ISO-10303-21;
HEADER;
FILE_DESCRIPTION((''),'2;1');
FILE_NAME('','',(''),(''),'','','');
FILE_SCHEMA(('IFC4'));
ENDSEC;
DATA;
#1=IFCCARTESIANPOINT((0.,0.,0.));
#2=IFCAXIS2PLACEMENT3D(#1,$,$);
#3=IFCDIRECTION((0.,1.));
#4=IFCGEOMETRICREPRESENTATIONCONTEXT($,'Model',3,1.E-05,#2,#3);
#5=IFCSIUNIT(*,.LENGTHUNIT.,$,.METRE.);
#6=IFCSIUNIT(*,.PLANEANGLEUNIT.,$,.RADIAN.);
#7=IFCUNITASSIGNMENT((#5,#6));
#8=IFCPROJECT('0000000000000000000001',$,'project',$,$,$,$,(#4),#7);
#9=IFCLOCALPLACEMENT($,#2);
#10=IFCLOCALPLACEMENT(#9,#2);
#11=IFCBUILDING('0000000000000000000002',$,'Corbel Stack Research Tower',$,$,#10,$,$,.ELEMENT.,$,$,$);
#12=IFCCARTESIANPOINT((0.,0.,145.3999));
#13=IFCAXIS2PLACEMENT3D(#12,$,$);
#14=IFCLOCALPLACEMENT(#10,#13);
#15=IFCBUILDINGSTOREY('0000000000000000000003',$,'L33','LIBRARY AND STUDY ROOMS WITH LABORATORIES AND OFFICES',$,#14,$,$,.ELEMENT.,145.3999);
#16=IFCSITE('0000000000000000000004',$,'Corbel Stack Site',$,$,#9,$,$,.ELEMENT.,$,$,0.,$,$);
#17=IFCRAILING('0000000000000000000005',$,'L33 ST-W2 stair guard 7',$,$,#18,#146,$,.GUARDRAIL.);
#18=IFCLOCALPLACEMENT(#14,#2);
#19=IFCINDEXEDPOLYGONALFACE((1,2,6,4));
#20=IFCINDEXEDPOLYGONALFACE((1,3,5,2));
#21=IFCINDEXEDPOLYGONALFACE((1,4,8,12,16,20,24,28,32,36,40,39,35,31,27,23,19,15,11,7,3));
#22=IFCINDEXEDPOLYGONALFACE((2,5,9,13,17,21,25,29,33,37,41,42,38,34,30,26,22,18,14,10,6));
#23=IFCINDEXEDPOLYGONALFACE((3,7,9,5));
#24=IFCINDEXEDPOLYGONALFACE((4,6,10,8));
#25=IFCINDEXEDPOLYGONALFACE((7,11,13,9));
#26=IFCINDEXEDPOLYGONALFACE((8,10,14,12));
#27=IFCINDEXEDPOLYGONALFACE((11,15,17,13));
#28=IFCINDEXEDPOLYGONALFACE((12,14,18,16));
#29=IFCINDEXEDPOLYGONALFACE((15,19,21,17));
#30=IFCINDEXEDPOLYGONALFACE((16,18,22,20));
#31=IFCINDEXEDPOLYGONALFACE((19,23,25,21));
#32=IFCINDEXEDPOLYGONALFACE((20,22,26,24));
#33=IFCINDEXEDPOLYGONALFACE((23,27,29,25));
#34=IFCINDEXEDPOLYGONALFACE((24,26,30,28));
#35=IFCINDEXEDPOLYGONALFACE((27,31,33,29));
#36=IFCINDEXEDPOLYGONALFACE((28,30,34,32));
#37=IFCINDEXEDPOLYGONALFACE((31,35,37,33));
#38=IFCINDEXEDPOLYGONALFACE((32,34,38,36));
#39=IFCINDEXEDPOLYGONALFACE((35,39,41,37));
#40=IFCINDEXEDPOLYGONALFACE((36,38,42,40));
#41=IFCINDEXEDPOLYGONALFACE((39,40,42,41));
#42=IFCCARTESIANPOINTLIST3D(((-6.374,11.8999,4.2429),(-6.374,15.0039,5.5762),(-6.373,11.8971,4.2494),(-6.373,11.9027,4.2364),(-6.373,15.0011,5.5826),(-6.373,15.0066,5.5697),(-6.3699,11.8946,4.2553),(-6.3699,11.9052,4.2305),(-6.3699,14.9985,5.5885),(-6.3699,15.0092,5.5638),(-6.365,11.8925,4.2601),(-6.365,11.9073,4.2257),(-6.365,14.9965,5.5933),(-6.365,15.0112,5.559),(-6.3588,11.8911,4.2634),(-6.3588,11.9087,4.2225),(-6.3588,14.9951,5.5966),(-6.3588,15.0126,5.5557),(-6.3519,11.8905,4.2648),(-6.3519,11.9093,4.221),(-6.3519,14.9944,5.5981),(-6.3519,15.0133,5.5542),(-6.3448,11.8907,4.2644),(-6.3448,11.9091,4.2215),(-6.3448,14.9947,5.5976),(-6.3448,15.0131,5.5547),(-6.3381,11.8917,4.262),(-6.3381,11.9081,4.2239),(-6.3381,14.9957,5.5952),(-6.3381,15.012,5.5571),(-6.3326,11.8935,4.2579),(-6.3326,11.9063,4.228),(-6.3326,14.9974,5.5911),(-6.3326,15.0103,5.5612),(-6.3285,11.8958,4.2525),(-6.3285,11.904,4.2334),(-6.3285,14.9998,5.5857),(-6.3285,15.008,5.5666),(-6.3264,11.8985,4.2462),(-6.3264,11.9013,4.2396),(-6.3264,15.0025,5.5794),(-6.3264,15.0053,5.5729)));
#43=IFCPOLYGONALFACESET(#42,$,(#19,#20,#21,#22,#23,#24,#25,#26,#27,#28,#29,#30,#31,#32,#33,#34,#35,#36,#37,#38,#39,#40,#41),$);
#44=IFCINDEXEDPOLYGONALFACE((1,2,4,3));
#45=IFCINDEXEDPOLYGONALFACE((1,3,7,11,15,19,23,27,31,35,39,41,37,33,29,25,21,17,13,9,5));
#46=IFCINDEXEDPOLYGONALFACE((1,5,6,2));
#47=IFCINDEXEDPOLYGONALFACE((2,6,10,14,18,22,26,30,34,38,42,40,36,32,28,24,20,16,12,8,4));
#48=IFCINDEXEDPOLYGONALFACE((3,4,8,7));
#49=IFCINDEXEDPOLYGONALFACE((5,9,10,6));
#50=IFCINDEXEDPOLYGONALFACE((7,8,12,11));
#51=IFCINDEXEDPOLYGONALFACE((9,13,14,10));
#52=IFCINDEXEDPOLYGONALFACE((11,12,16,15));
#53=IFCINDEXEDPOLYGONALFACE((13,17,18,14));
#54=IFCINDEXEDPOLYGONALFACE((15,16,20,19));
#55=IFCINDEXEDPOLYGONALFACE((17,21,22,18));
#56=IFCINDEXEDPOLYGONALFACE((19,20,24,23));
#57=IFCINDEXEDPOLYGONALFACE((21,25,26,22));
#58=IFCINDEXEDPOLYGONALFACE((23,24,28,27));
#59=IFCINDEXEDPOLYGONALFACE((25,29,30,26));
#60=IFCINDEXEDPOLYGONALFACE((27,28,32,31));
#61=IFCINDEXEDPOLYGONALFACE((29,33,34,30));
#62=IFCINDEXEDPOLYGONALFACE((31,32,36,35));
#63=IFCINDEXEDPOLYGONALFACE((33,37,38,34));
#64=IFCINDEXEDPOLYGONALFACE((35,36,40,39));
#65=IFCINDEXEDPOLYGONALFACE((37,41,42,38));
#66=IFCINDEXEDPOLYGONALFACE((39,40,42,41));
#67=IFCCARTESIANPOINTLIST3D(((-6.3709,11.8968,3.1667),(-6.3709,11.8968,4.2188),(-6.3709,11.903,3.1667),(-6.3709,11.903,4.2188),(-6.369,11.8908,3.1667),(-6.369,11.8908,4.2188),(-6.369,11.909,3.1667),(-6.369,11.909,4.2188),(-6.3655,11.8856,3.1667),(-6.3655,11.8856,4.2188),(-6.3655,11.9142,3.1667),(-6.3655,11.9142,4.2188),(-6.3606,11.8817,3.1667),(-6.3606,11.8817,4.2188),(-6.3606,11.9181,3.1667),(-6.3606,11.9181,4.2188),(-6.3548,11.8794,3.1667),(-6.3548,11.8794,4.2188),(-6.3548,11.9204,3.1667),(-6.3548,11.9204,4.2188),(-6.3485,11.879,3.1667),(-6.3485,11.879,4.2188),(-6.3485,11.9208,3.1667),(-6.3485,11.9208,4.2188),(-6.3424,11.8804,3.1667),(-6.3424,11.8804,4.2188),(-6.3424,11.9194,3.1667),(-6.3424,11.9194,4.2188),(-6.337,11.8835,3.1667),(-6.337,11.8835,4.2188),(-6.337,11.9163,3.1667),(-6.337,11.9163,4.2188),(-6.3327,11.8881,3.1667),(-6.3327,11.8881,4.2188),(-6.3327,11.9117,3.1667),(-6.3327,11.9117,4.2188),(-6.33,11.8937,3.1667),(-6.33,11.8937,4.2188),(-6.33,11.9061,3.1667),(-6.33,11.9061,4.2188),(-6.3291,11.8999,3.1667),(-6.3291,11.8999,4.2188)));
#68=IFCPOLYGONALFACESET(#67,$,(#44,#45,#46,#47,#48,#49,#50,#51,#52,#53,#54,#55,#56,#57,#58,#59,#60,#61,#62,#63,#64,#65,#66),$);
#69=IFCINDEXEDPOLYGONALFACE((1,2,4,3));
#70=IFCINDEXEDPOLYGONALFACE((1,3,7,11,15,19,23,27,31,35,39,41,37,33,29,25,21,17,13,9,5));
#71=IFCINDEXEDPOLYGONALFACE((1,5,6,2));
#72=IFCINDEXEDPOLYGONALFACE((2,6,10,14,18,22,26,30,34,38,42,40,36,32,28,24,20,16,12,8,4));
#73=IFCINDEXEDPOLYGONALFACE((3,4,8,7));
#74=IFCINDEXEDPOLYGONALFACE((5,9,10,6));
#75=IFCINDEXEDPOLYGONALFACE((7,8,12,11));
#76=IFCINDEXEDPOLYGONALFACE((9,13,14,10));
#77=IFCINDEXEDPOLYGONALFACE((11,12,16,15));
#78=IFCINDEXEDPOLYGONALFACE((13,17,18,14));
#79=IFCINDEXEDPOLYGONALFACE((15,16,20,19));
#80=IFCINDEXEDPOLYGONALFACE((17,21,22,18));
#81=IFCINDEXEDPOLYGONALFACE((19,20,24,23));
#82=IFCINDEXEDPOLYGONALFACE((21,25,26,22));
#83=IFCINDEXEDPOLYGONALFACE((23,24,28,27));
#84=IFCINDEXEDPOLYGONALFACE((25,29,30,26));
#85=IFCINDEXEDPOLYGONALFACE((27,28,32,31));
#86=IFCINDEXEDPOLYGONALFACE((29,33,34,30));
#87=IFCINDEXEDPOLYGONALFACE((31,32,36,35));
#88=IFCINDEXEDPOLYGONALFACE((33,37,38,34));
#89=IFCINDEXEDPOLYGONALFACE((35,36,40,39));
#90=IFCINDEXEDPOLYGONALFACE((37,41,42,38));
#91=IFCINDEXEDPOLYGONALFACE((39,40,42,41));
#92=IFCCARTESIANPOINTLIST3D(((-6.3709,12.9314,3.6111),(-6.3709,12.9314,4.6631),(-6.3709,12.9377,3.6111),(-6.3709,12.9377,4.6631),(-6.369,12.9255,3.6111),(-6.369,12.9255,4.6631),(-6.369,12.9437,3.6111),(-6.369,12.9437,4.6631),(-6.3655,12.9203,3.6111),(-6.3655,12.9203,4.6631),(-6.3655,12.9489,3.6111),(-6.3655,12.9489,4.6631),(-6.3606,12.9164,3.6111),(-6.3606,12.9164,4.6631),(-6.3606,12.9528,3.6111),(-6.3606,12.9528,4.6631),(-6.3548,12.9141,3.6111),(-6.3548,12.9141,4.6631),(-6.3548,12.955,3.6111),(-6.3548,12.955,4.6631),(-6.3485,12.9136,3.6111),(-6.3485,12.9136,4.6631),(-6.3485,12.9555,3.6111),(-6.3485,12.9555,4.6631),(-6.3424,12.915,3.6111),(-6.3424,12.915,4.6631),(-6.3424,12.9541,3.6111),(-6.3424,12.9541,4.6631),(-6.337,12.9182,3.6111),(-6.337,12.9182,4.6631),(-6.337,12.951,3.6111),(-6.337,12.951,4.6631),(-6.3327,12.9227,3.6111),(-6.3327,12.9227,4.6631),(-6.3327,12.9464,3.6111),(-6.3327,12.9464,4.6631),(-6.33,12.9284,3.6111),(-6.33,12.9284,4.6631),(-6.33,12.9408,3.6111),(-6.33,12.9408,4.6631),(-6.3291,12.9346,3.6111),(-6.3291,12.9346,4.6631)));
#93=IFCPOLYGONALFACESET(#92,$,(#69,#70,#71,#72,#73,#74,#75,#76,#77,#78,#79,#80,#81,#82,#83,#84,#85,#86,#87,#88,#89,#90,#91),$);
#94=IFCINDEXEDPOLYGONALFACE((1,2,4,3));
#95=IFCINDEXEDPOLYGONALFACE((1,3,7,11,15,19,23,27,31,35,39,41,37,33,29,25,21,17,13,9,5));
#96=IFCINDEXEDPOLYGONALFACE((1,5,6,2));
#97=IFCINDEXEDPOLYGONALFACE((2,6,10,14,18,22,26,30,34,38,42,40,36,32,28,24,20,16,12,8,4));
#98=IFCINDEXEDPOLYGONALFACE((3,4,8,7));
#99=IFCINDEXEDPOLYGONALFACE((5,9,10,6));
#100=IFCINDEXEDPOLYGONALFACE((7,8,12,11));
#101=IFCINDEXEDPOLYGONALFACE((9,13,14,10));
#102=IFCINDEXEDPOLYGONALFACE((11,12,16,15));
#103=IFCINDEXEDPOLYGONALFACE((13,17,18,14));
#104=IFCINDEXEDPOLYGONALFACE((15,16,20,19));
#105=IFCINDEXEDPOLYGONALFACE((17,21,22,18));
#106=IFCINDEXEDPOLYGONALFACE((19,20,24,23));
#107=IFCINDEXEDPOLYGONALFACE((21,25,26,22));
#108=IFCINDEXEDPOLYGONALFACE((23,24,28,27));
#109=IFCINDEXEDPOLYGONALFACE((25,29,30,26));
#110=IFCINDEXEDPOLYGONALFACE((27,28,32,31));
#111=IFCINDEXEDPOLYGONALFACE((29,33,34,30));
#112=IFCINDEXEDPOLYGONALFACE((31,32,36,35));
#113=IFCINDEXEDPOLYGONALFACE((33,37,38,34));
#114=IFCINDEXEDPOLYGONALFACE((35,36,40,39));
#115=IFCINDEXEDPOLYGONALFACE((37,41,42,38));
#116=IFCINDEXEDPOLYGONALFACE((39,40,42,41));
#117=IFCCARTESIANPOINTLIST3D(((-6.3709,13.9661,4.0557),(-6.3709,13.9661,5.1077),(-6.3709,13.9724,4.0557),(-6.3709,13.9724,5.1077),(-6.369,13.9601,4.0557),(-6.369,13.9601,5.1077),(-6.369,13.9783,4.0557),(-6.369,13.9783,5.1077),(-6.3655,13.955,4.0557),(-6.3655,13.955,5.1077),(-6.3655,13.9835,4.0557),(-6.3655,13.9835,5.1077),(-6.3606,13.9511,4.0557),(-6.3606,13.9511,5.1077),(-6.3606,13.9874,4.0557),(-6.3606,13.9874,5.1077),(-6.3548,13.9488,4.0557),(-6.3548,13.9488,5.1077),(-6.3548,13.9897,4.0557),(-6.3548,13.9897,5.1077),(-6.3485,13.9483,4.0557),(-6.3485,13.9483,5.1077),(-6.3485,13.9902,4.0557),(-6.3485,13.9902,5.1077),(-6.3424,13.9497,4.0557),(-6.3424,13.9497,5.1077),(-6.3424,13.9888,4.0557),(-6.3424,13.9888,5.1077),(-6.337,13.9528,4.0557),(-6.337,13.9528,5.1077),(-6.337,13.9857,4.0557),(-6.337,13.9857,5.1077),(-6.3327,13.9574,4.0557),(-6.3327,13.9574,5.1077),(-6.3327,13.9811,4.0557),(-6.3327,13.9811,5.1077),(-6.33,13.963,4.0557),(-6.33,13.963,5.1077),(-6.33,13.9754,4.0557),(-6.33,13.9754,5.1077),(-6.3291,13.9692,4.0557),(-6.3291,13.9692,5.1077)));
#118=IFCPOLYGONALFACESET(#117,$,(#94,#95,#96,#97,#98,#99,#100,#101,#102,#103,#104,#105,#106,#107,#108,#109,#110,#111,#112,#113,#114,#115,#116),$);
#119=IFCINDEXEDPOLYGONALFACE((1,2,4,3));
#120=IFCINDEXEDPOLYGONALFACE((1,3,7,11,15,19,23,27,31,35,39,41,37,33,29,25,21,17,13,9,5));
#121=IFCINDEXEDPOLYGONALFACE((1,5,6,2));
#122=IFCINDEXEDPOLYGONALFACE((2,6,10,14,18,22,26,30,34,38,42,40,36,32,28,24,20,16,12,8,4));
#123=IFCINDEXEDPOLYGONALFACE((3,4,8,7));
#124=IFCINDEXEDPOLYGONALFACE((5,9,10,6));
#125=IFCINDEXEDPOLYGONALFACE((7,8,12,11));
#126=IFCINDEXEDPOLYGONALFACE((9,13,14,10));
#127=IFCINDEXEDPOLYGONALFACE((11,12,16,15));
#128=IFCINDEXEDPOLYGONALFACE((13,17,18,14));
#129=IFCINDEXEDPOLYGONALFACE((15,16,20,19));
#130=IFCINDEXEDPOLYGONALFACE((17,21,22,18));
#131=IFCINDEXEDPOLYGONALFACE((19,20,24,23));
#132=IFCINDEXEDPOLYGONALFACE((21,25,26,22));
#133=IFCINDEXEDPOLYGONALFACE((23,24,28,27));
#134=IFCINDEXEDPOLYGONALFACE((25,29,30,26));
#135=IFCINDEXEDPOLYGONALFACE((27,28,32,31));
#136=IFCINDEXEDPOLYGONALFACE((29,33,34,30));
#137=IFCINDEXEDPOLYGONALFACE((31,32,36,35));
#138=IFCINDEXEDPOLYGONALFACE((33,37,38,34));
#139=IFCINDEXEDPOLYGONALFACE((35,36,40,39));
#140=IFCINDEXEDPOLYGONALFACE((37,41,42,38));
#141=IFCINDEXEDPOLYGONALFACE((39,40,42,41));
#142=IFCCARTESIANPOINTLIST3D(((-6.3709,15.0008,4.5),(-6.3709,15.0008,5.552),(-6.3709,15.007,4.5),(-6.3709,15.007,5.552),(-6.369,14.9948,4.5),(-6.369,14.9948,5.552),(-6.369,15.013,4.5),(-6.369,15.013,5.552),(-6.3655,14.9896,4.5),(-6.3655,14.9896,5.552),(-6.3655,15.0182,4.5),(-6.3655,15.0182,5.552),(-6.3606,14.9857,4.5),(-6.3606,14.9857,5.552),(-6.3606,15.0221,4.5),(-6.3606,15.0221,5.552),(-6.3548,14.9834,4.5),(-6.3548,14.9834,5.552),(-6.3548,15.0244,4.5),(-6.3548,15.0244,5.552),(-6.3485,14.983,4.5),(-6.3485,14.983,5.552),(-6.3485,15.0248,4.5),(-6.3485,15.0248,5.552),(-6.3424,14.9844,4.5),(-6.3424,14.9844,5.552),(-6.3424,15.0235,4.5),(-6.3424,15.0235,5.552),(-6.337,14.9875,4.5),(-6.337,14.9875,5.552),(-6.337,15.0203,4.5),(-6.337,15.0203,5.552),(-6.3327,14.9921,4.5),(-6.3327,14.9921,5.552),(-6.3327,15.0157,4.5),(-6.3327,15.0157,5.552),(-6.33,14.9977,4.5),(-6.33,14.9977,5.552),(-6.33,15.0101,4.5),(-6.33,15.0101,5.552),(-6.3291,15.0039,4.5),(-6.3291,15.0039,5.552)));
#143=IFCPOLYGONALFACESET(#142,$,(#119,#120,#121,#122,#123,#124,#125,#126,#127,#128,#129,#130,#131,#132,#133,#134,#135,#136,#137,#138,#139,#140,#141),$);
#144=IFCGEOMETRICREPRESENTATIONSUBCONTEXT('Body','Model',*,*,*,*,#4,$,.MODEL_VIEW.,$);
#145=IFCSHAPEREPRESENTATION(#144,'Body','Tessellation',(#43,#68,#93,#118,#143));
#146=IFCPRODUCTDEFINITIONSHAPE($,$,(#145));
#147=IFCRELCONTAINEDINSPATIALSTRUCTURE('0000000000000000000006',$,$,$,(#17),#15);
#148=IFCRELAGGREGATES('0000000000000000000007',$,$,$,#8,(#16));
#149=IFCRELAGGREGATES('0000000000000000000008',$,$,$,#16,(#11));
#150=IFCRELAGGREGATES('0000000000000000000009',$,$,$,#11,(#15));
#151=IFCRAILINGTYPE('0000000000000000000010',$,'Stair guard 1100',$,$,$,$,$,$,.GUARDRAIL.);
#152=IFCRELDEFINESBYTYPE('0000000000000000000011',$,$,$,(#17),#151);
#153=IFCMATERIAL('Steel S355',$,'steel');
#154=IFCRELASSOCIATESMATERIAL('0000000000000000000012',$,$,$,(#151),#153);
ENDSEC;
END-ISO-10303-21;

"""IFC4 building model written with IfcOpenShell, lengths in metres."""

from ifc_helpers import new_model, si_unit, direction, frame, origin, origin_2d, place, context, subcontext, project, spatial, circle, extrude, material, type_object, element, save


model = new_model("IFC4")

# Units and contexts
model_context = context("Model", 3, precision=1e-05, world=origin(), true_north=direction((0.0, 1.0)))
body_context = subcontext(model_context, "Body", "Model", "MODEL_VIEW")
ifc_project = project(units=[si_unit("LENGTHUNIT", "METRE"), si_unit("PLANEANGLEUNIT", "RADIAN")], contexts=[model_context])

# Site, building, storey
site_placement = place(None, origin())
site = spatial("IfcSite", under=ifc_project, at=site_placement, Name="Corbel Stack Site", CompositionType="ELEMENT", RefElevation=0.0)
building_placement = place(site_placement, origin())
building = spatial("IfcBuilding", under=site, at=building_placement, Name="Corbel Stack Research Tower", CompositionType="ELEMENT")
storey_placement = place(building_placement, frame((0.0, 0.0, 145.3999)))
storey = spatial("IfcBuildingStorey", under=building, at=storey_placement, Name="L33", Description="LIBRARY AND STUDY ROOMS WITH LABORATORIES AND OFFICES", CompositionType="ELEMENT", Elevation=145.3999)

# Railing
ifc_material_1 = material(Name="Steel S355", Category="steel")
railing_type_1 = type_object("IfcRailingType", Name="Stair guard 1100", PredefinedType="GUARDRAIL", material=ifc_material_1)
railing_1_placement = place(storey_placement, frame((-6.3501, 11.8999, 3.1667)))
element("IfcRailing", 1, at=railing_1_placement, inside=storey, type_object=railing_type_1, Name="L33 ST-W2 stair guard 7", PredefinedType="GUARDRAIL", context=body_context, shape_type="SweptSolid", body=[
    extrude(circle(Radius=0.0239, at=origin_2d()), frame((0.0, 0.0, 1.0762), z_axis=(0.0, 0.918827, 0.394661), x_axis=(-1.0, 0.0, 0.0)), (0.0, 0.0, 1.0), 3.3782),
    extrude(circle(Radius=0.021, at=origin_2d()), origin(), (0.0, 0.0, 1.0), 1.052),
    extrude(circle(Radius=0.021, at=origin_2d()), frame((0.0, 1.0347, 0.4443)), (0.0, 0.0, 1.0), 1.052),
    extrude(circle(Radius=0.021, at=origin_2d()), frame((0.0, 2.0693, 0.8889)), (0.0, 0.0, 1.0), 1.052),
    extrude(circle(Radius=0.021, at=origin_2d()), frame((0.0, 3.104, 1.3333)), (0.0, 0.0, 1.0), 1.052),
])

save(model, "model.ifc")
